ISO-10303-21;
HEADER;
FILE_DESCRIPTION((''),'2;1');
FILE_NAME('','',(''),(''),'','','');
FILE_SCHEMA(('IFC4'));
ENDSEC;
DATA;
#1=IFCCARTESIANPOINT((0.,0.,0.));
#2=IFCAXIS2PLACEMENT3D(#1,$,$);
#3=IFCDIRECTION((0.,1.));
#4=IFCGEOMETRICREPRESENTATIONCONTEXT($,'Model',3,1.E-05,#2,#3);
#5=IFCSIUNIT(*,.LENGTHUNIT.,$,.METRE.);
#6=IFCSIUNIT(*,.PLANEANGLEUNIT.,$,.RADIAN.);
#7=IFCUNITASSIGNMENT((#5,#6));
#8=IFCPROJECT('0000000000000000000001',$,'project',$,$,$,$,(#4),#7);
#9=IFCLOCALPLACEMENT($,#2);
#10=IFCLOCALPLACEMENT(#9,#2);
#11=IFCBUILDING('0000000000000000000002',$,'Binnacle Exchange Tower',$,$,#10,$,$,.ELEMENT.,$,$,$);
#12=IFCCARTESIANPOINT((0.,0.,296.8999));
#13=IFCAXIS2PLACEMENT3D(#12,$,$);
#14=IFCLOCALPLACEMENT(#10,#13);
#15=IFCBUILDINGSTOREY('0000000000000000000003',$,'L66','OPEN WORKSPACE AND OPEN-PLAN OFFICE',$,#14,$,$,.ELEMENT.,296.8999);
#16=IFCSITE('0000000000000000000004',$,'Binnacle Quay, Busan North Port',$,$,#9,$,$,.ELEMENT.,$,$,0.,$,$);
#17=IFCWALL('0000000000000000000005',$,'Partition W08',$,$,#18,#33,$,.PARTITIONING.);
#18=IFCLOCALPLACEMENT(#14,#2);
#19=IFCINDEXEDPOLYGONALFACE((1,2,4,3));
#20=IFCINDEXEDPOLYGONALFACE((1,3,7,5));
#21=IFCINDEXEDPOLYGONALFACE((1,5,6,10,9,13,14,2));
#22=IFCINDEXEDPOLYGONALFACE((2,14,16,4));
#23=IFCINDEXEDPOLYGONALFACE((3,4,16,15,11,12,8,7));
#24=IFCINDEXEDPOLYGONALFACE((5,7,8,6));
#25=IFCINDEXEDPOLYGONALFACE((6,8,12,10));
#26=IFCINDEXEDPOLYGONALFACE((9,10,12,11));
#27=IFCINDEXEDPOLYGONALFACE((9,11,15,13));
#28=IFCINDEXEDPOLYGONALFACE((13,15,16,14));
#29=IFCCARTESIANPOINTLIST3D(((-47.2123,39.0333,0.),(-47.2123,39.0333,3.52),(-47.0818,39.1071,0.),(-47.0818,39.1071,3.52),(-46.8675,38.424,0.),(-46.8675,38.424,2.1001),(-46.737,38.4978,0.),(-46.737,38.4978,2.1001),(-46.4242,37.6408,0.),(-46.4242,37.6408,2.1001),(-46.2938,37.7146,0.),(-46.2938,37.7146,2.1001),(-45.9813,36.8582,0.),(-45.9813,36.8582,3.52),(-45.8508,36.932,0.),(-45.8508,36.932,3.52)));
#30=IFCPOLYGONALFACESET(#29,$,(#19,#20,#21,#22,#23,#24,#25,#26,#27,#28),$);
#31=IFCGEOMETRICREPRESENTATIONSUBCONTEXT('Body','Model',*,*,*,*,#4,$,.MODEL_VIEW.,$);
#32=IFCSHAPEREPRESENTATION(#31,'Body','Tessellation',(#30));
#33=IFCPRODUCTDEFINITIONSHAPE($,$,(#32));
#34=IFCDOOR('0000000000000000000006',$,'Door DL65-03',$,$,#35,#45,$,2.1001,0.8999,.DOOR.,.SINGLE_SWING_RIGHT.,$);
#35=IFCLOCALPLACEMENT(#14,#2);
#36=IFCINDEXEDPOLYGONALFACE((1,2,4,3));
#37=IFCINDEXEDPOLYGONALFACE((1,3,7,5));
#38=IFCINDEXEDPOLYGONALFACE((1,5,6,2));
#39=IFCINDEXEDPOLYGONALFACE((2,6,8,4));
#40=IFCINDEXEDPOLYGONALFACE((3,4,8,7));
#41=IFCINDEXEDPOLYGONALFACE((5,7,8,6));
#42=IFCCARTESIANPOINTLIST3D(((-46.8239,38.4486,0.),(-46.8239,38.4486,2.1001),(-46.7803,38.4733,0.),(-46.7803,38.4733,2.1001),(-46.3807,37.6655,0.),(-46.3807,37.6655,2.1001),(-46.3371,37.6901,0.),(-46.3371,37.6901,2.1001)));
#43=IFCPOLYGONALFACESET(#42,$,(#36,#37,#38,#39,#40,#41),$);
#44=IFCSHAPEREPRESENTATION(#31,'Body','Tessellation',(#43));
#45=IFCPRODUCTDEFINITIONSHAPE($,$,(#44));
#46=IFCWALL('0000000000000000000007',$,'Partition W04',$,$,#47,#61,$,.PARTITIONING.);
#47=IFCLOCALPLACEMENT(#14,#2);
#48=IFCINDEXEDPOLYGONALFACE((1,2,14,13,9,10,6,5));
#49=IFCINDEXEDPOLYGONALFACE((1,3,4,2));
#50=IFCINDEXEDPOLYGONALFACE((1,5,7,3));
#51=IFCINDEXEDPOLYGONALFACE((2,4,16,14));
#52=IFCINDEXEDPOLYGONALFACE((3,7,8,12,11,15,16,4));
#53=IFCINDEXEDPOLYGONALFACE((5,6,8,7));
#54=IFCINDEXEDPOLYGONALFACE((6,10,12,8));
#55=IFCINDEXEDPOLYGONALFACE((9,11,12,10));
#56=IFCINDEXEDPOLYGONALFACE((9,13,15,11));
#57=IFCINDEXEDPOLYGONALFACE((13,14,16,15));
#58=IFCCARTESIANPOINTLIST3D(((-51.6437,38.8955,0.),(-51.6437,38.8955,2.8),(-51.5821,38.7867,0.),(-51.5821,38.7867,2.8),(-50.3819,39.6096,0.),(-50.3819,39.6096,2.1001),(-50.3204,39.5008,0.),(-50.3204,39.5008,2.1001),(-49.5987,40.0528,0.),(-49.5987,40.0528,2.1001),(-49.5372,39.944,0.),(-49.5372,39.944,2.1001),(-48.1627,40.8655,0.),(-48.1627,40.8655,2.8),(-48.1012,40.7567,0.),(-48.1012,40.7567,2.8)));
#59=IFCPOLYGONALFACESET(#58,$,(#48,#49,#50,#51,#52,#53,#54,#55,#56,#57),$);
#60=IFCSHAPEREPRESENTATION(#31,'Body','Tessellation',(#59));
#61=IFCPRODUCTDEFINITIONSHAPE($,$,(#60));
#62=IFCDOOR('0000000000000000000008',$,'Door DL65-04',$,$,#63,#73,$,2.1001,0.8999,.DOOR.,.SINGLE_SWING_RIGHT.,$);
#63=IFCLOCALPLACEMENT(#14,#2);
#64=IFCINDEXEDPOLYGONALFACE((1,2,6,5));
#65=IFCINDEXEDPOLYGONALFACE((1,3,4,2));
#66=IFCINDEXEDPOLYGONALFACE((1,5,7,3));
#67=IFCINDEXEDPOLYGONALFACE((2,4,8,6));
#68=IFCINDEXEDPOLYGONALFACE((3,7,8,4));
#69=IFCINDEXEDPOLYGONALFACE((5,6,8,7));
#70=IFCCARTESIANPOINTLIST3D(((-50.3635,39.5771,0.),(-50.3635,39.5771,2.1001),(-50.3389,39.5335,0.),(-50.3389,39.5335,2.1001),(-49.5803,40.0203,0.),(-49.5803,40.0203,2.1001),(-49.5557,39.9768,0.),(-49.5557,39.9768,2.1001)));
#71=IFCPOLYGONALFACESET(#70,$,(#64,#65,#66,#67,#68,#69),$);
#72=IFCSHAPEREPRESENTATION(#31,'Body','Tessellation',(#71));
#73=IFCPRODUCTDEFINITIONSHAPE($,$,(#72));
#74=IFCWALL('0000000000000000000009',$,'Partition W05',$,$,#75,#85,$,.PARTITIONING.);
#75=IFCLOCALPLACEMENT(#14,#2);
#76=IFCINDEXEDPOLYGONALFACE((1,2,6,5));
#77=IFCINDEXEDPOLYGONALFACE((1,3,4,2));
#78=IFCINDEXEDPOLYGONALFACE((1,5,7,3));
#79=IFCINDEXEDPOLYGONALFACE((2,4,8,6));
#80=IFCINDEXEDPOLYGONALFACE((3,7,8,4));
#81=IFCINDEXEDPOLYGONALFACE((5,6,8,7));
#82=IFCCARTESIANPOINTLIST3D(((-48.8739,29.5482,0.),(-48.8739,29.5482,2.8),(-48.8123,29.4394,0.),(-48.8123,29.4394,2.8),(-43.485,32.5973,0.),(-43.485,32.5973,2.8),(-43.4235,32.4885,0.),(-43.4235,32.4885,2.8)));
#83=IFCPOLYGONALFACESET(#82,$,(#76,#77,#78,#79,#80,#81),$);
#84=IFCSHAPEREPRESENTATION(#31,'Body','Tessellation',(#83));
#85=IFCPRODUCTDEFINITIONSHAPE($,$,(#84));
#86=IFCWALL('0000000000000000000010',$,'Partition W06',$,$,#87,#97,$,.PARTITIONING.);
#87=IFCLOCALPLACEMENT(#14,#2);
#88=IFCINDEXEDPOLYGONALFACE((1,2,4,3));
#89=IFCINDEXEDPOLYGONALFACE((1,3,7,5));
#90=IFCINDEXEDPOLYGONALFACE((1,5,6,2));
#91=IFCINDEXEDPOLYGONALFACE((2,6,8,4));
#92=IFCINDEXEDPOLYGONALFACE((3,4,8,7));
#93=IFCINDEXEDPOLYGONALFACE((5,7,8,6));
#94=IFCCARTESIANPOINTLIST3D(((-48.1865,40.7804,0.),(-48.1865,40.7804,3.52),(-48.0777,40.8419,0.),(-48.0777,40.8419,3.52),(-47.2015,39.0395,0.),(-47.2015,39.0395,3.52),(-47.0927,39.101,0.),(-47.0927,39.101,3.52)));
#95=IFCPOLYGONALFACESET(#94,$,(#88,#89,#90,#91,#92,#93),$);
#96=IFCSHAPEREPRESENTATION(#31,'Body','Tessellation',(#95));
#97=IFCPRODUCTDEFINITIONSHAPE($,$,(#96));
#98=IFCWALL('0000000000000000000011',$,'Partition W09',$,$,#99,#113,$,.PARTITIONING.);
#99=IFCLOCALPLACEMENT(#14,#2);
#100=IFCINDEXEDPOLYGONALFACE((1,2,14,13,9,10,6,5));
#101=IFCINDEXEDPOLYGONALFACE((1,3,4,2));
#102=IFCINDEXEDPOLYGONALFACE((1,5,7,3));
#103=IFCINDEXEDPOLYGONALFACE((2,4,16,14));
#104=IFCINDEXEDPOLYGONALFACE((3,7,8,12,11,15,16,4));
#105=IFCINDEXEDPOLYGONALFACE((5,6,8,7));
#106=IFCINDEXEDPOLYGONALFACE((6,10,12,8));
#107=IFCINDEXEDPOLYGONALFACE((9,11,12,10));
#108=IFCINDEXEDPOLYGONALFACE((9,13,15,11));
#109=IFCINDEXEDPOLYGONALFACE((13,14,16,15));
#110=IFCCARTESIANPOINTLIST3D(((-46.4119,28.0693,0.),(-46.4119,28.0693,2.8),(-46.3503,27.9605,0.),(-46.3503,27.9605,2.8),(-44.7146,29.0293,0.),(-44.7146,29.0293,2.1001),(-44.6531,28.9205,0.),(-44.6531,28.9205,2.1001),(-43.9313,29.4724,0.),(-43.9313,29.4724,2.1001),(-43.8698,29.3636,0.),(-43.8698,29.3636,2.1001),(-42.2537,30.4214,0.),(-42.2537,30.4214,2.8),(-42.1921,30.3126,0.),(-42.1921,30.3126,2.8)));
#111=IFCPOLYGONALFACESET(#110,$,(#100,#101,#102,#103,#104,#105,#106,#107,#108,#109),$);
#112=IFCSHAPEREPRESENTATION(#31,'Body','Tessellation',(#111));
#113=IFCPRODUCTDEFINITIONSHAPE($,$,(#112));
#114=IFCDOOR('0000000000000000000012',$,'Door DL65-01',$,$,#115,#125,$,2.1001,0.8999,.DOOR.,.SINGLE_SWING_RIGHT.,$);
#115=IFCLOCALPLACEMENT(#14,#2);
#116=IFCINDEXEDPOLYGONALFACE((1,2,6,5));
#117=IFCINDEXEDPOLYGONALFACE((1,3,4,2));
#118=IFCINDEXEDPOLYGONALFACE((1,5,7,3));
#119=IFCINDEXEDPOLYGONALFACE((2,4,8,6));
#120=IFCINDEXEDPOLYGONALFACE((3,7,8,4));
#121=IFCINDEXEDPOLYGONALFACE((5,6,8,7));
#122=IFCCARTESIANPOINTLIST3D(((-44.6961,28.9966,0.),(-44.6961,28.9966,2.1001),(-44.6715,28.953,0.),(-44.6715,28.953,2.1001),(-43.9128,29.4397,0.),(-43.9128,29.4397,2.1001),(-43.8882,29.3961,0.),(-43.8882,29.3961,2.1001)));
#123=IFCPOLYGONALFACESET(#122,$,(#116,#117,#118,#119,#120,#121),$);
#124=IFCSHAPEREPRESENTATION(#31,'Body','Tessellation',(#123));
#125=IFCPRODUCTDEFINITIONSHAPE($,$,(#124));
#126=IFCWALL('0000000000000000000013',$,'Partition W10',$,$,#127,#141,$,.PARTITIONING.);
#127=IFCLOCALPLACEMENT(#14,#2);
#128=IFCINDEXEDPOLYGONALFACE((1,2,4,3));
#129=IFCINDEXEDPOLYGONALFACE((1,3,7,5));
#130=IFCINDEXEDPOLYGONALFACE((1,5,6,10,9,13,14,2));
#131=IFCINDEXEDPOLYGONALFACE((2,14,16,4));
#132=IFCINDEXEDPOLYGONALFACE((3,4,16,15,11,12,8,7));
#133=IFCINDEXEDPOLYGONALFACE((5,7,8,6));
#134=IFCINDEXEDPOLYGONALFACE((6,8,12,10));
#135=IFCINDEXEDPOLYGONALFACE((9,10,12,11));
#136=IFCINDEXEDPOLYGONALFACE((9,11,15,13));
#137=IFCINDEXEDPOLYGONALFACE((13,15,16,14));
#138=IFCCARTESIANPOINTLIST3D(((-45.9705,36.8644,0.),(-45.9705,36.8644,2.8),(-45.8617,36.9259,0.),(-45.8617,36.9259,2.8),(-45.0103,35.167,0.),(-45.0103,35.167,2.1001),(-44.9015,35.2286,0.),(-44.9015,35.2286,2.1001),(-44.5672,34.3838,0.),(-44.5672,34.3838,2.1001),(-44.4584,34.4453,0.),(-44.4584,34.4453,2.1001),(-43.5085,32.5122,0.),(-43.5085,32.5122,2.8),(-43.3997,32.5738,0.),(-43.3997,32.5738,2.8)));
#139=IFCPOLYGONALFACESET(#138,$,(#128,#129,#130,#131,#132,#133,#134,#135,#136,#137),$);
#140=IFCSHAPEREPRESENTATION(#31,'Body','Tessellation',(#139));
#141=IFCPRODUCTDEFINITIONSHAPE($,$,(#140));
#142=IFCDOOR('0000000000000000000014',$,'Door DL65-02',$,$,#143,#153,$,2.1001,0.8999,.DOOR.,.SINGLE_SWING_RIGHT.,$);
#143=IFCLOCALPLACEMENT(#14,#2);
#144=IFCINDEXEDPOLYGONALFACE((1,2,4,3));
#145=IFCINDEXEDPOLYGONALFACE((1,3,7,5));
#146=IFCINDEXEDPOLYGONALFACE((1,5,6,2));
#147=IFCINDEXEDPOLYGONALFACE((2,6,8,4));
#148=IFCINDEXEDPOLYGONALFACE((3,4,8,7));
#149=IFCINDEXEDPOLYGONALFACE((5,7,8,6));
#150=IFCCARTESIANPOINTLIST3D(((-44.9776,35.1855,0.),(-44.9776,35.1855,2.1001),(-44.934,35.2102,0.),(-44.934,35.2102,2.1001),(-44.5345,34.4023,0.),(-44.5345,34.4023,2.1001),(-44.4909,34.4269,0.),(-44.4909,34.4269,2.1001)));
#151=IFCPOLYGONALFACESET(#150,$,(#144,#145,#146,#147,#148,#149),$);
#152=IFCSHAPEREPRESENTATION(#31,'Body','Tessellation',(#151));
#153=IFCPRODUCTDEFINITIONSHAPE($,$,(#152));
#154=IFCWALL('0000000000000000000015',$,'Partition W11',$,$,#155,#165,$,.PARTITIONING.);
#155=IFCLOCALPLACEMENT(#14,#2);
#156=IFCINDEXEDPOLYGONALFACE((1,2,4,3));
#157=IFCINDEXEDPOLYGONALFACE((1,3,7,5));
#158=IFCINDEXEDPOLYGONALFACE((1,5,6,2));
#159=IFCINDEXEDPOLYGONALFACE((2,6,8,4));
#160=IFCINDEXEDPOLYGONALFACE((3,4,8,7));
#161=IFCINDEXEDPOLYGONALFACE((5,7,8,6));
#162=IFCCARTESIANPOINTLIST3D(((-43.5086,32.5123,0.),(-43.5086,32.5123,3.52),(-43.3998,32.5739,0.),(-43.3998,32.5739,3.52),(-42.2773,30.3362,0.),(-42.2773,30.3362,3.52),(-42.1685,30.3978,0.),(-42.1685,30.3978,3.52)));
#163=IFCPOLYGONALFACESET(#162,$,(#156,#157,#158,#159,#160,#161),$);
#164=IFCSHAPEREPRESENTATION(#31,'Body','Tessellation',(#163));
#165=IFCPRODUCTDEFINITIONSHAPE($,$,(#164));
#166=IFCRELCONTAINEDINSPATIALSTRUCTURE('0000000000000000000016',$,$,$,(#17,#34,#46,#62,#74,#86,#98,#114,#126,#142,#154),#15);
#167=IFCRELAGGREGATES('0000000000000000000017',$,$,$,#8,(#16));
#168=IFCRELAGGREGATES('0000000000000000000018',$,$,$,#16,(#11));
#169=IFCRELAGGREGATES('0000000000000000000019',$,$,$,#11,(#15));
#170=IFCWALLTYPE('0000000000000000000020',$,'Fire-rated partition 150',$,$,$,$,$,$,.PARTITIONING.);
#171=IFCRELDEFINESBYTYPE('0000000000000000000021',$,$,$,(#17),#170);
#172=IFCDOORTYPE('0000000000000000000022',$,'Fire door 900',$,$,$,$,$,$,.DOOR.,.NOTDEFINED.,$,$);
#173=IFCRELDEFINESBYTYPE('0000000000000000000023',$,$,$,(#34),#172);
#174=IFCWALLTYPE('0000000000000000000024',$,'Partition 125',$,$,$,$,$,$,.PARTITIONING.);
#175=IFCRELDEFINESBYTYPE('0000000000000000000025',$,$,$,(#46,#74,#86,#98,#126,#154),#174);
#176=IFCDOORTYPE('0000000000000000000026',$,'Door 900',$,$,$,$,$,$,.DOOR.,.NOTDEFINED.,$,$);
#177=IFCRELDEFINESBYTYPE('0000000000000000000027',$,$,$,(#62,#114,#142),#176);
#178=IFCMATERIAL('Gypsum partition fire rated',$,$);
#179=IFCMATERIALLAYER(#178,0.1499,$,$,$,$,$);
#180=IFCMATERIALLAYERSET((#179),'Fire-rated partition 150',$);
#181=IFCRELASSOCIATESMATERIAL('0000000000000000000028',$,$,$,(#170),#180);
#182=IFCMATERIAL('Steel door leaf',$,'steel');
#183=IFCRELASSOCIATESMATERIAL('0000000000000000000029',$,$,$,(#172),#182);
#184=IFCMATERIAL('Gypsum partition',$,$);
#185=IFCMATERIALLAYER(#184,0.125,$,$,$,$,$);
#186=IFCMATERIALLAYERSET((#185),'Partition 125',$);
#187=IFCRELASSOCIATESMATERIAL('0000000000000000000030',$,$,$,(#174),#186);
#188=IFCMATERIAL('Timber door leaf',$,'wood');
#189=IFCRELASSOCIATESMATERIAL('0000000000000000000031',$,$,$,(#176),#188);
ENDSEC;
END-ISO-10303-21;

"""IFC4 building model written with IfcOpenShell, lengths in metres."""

from ifc_helpers import new_model, si_unit, direction, frame, frame_2d, origin, place, context, subcontext, project, spatial, rectangle, extrude, material, layer, layer_set, type_object, element, fill, save


model = new_model("IFC4")

# Units and contexts
model_context = context("Model", 3, precision=1e-05, world=origin(), true_north=direction((0.0, 1.0)))
body_context = subcontext(model_context, "Body", "Model", "MODEL_VIEW")
ifc_project = project(units=[si_unit("LENGTHUNIT", "METRE"), si_unit("PLANEANGLEUNIT", "RADIAN")], contexts=[model_context])

# Site, building, storey
site_placement = place(None, origin())
site = spatial("IfcSite", under=ifc_project, at=site_placement, Name="Binnacle Quay, Busan North Port", CompositionType="ELEMENT", RefElevation=0.0)
building_placement = place(site_placement, origin())
building = spatial("IfcBuilding", under=site, at=building_placement, Name="Binnacle Exchange Tower", CompositionType="ELEMENT")
storey_placement = place(building_placement, frame((0.0, 0.0, 296.8999)))
storey = spatial("IfcBuildingStorey", under=building, at=storey_placement, Name="L66", Description="OPEN WORKSPACE AND OPEN-PLAN OFFICE", CompositionType="ELEMENT", Elevation=296.8999)

# Shared definitions
ifc_material_1 = material(Name="Steel door leaf", Category="steel")

# Shared definitions
ifc_material_2 = material(Name="Gypsum partition fire rated")
ifc_layer_1 = layer(ifc_material_2, 0.1499)
ifc_layer_set_1 = layer_set([ifc_layer_1], Name="Fire-rated partition 150")
wall_type_1 = type_object("IfcWallType", Name="Fire-rated partition 150", PredefinedType="PARTITIONING", material=ifc_layer_set_1)

# Walls, openings, doors
wall_1_placement = place(storey_placement, frame((-47.147, 39.0701, 0.0), z_axis=(0.0, 0.0, 1.0), x_axis=(0.492537, -0.870292, 0.0)))
wall_1 = element("IfcWall", 1, at=wall_1_placement, inside=storey, type_object=wall_type_1, Name="Partition W08", PredefinedType="PARTITIONING", context=body_context, shape_type="SweptSolid", body=[
    extrude(rectangle(XDim=2.4993, YDim=0.1499, at=frame_2d((1.2495, 0.0))), origin(), (0.0, 0.0, 1.0), 3.52),
])
opening_1_placement = place(wall_1_placement, frame((0.7, 0.0, 0.0)))
opening_1 = element("IfcOpeningElement", 2, at=opening_1_placement, cuts=wall_1, PredefinedType="OPENING", context=body_context, shape_type="SweptSolid", body=[
    extrude(rectangle(XDim=0.8999, YDim=2.1001, at=frame_2d((0.45, 1.05))), frame((0.0, 0.085, 0.0), z_axis=(0.0, -1.0, 0.0), x_axis=(1.0, 0.0, 0.0)), (0.0, 0.0, 1.0), 0.1699),
])
door_type_1 = type_object("IfcDoorType", Name="Fire door 900", OperationType="NOTDEFINED", PredefinedType="DOOR", material=ifc_material_1)
door_1_placement = place(opening_1_placement, frame((0.8999, 0.0, 0.0), z_axis=(0.0, 0.0, 1.0), x_axis=(-1.0, 0.0, 0.0)))
door_1 = element("IfcDoor", 3, at=door_1_placement, inside=storey, type_object=door_type_1, Name="Door DL65-03", OperationType="SINGLE_SWING_RIGHT", OverallHeight=2.1001, OverallWidth=0.8999, PredefinedType="DOOR", context=body_context, shape_type="SweptSolid", body=[
    extrude(rectangle(XDim=0.8999, YDim=2.1001, at=frame_2d((0.45, 1.05))), frame((0.0, 0.0249, 0.0), z_axis=(0.0, -1.0, 0.0), x_axis=(1.0, 0.0, 0.0)), (0.0, 0.0, 1.0), 0.05),
])
fill(opening_1, door_1)
ifc_material_3 = material(Name="Gypsum partition")
ifc_layer_2 = layer(ifc_material_3, 0.125)
ifc_layer_set_2 = layer_set([ifc_layer_2], Name="Partition 125")
wall_type_2 = type_object("IfcWallType", Name="Partition 125", PredefinedType="PARTITIONING", material=ifc_layer_set_2)
wall_2_placement = place(storey_placement, frame((-51.613, 38.8411, 0.0), z_axis=(0.0, 0.0, 1.0), x_axis=(0.870298, 0.492526, 0.0)))
wall_2 = element("IfcWall", 4, at=wall_2_placement, inside=storey, type_object=wall_type_2, Name="Partition W04", PredefinedType="PARTITIONING", context=body_context, shape_type="SweptSolid", body=[
    extrude(rectangle(XDim=3.9998, YDim=0.125, at=frame_2d((2.0, 0.0))), origin(), (0.0, 0.0, 1.0), 2.8),
])
opening_2_placement = place(wall_2_placement, frame((1.45, 0.0, 0.0)))
opening_2 = element("IfcOpeningElement", 5, at=opening_2_placement, cuts=wall_2, PredefinedType="OPENING", context=body_context, shape_type="SweptSolid", body=[
    extrude(rectangle(XDim=0.8999, YDim=2.1001, at=frame_2d((0.45, 1.05))), frame((0.0, 0.0725, 0.0), z_axis=(0.0, -1.0, 0.0), x_axis=(1.0, 0.0, 0.0)), (0.0, 0.0, 1.0), 0.145),
])
ifc_material_4 = material(Name="Timber door leaf", Category="wood")
door_type_2 = type_object("IfcDoorType", Name="Door 900", OperationType="NOTDEFINED", PredefinedType="DOOR", material=ifc_material_4)
door_2_placement = place(opening_2_placement, frame((0.8999, 0.0, 0.0), z_axis=(0.0, 0.0, 1.0), x_axis=(-1.0, 0.0, 0.0)))
door_2 = element("IfcDoor", 6, at=door_2_placement, inside=storey, type_object=door_type_2, Name="Door DL65-04", OperationType="SINGLE_SWING_RIGHT", OverallHeight=2.1001, OverallWidth=0.8999, PredefinedType="DOOR", context=body_context, shape_type="SweptSolid", body=[
    extrude(rectangle(XDim=0.8999, YDim=2.1001, at=frame_2d((0.45, 1.05))), frame((0.0, 0.0249, 0.0), z_axis=(0.0, -1.0, 0.0), x_axis=(1.0, 0.0, 0.0)), (0.0, 0.0, 1.0), 0.05),
])
fill(opening_2, door_2)

# Walls
wall_3_placement = place(storey_placement, frame((-48.843, 29.4939, 0.0), z_axis=(0.0, 0.0, 1.0), x_axis=(0.870344, 0.492444, 0.0)))
element("IfcWall", 7, at=wall_3_placement, inside=storey, type_object=wall_type_2, Name="Partition W05", PredefinedType="PARTITIONING", context=body_context, shape_type="SweptSolid", body=[
    extrude(rectangle(XDim=6.1917, YDim=0.125, at=frame_2d((3.0957, 0.0))), origin(), (0.0, 0.0, 1.0), 2.8),
])
wall_4_placement = place(storey_placement, frame((-48.1321, 40.811, 0.0), z_axis=(0.0, 0.0, 1.0), x_axis=(0.492467, -0.870331, 0.0)))
element("IfcWall", 8, at=wall_4_placement, inside=storey, type_object=wall_type_2, Name="Partition W06", PredefinedType="PARTITIONING", context=body_context, shape_type="SweptSolid", body=[
    extrude(rectangle(XDim=2.0002, YDim=0.125, at=frame_2d((1.0, 0.0))), origin(), (0.0, 0.0, 1.0), 3.52),
])

# Walls, openings, doors
wall_5_placement = place(storey_placement, frame((-46.3811, 28.0149, 0.0), z_axis=(0.0, 0.0, 1.0), x_axis=(0.870405, 0.492337, 0.0)))
wall_5 = element("IfcWall", 9, at=wall_5_placement, inside=storey, type_object=wall_type_2, Name="Partition W09", PredefinedType="PARTITIONING", context=body_context, shape_type="SweptSolid", body=[
    extrude(rectangle(XDim=4.7773, YDim=0.125, at=frame_2d((2.3887, 0.0))), origin(), (0.0, 0.0, 1.0), 2.8),
])
opening_3_placement = place(wall_5_placement, frame((1.95, 0.0, 0.0)))
opening_3 = element("IfcOpeningElement", 10, at=opening_3_placement, cuts=wall_5, PredefinedType="OPENING", context=body_context, shape_type="SweptSolid", body=[
    extrude(rectangle(XDim=0.8999, YDim=2.1001, at=frame_2d((0.45, 1.05))), frame((0.0, 0.0725, 0.0), z_axis=(0.0, -1.0, 0.0), x_axis=(1.0, 0.0, 0.0)), (0.0, 0.0, 1.0), 0.145),
])
door_3_placement = place(opening_3_placement, origin())
door_3 = element("IfcDoor", 11, at=door_3_placement, inside=storey, type_object=door_type_2, Name="Door DL65-01", OperationType="SINGLE_SWING_RIGHT", OverallHeight=2.1001, OverallWidth=0.8999, PredefinedType="DOOR", context=body_context, shape_type="SweptSolid", body=[
    extrude(rectangle(XDim=0.8999, YDim=2.1001, at=frame_2d((0.45, 1.05))), frame((0.0, 0.0249, 0.0), z_axis=(0.0, -1.0, 0.0), x_axis=(1.0, 0.0, 0.0)), (0.0, 0.0, 1.0), 0.05),
])
fill(opening_3, door_3)
wall_6_placement = place(storey_placement, frame((-45.916, 36.895, 0.0), z_axis=(0.0, 0.0, 1.0), x_axis=(0.492369, -0.870386, 0.0)))
wall_6 = element("IfcWall", 12, at=wall_6_placement, inside=storey, type_object=wall_type_2, Name="Partition W10", PredefinedType="PARTITIONING", context=body_context, shape_type="SweptSolid", body=[
    extrude(rectangle(XDim=5.0002, YDim=0.125, at=frame_2d((2.5, 0.0))), origin(), (0.0, 0.0, 1.0), 2.8),
])
opening_4_placement = place(wall_6_placement, frame((1.95, 0.0, 0.0)))
opening_4 = element("IfcOpeningElement", 13, at=opening_4_placement, cuts=wall_6, PredefinedType="OPENING", context=body_context, shape_type="SweptSolid", body=[
    extrude(rectangle(XDim=0.8999, YDim=2.1001, at=frame_2d((0.45, 1.05))), frame((0.0, 0.0725, 0.0), z_axis=(0.0, -1.0, 0.0), x_axis=(1.0, 0.0, 0.0)), (0.0, 0.0, 1.0), 0.145),
])
door_4_placement = place(opening_4_placement, frame((0.8999, 0.0, 0.0), z_axis=(0.0, 0.0, 1.0), x_axis=(-1.0, 0.0, 0.0)))
door_4 = element("IfcDoor", 14, at=door_4_placement, inside=storey, type_object=door_type_2, Name="Door DL65-02", OperationType="SINGLE_SWING_RIGHT", OverallHeight=2.1001, OverallWidth=0.8999, PredefinedType="DOOR", context=body_context, shape_type="SweptSolid", body=[
    extrude(rectangle(XDim=0.8999, YDim=2.1001, at=frame_2d((0.45, 1.05))), frame((0.0, 0.0249, 0.0), z_axis=(0.0, -1.0, 0.0), x_axis=(1.0, 0.0, 0.0)), (0.0, 0.0, 1.0), 0.05),
])
fill(opening_4, door_4)

# Wall
wall_7_placement = place(storey_placement, frame((-43.4541, 32.543, 0.0), z_axis=(0.0, 0.0, 1.0), x_axis=(0.492443, -0.870345, 0.0)))
element("IfcWall", 15, at=wall_7_placement, inside=storey, type_object=wall_type_2, Name="Partition W11", PredefinedType="PARTITIONING", context=body_context, shape_type="SweptSolid", body=[
    extrude(rectangle(XDim=2.5002, YDim=0.125, at=frame_2d((1.25, 0.0))), origin(), (0.0, 0.0, 1.0), 3.52),
])

save(model, "model.ifc")
